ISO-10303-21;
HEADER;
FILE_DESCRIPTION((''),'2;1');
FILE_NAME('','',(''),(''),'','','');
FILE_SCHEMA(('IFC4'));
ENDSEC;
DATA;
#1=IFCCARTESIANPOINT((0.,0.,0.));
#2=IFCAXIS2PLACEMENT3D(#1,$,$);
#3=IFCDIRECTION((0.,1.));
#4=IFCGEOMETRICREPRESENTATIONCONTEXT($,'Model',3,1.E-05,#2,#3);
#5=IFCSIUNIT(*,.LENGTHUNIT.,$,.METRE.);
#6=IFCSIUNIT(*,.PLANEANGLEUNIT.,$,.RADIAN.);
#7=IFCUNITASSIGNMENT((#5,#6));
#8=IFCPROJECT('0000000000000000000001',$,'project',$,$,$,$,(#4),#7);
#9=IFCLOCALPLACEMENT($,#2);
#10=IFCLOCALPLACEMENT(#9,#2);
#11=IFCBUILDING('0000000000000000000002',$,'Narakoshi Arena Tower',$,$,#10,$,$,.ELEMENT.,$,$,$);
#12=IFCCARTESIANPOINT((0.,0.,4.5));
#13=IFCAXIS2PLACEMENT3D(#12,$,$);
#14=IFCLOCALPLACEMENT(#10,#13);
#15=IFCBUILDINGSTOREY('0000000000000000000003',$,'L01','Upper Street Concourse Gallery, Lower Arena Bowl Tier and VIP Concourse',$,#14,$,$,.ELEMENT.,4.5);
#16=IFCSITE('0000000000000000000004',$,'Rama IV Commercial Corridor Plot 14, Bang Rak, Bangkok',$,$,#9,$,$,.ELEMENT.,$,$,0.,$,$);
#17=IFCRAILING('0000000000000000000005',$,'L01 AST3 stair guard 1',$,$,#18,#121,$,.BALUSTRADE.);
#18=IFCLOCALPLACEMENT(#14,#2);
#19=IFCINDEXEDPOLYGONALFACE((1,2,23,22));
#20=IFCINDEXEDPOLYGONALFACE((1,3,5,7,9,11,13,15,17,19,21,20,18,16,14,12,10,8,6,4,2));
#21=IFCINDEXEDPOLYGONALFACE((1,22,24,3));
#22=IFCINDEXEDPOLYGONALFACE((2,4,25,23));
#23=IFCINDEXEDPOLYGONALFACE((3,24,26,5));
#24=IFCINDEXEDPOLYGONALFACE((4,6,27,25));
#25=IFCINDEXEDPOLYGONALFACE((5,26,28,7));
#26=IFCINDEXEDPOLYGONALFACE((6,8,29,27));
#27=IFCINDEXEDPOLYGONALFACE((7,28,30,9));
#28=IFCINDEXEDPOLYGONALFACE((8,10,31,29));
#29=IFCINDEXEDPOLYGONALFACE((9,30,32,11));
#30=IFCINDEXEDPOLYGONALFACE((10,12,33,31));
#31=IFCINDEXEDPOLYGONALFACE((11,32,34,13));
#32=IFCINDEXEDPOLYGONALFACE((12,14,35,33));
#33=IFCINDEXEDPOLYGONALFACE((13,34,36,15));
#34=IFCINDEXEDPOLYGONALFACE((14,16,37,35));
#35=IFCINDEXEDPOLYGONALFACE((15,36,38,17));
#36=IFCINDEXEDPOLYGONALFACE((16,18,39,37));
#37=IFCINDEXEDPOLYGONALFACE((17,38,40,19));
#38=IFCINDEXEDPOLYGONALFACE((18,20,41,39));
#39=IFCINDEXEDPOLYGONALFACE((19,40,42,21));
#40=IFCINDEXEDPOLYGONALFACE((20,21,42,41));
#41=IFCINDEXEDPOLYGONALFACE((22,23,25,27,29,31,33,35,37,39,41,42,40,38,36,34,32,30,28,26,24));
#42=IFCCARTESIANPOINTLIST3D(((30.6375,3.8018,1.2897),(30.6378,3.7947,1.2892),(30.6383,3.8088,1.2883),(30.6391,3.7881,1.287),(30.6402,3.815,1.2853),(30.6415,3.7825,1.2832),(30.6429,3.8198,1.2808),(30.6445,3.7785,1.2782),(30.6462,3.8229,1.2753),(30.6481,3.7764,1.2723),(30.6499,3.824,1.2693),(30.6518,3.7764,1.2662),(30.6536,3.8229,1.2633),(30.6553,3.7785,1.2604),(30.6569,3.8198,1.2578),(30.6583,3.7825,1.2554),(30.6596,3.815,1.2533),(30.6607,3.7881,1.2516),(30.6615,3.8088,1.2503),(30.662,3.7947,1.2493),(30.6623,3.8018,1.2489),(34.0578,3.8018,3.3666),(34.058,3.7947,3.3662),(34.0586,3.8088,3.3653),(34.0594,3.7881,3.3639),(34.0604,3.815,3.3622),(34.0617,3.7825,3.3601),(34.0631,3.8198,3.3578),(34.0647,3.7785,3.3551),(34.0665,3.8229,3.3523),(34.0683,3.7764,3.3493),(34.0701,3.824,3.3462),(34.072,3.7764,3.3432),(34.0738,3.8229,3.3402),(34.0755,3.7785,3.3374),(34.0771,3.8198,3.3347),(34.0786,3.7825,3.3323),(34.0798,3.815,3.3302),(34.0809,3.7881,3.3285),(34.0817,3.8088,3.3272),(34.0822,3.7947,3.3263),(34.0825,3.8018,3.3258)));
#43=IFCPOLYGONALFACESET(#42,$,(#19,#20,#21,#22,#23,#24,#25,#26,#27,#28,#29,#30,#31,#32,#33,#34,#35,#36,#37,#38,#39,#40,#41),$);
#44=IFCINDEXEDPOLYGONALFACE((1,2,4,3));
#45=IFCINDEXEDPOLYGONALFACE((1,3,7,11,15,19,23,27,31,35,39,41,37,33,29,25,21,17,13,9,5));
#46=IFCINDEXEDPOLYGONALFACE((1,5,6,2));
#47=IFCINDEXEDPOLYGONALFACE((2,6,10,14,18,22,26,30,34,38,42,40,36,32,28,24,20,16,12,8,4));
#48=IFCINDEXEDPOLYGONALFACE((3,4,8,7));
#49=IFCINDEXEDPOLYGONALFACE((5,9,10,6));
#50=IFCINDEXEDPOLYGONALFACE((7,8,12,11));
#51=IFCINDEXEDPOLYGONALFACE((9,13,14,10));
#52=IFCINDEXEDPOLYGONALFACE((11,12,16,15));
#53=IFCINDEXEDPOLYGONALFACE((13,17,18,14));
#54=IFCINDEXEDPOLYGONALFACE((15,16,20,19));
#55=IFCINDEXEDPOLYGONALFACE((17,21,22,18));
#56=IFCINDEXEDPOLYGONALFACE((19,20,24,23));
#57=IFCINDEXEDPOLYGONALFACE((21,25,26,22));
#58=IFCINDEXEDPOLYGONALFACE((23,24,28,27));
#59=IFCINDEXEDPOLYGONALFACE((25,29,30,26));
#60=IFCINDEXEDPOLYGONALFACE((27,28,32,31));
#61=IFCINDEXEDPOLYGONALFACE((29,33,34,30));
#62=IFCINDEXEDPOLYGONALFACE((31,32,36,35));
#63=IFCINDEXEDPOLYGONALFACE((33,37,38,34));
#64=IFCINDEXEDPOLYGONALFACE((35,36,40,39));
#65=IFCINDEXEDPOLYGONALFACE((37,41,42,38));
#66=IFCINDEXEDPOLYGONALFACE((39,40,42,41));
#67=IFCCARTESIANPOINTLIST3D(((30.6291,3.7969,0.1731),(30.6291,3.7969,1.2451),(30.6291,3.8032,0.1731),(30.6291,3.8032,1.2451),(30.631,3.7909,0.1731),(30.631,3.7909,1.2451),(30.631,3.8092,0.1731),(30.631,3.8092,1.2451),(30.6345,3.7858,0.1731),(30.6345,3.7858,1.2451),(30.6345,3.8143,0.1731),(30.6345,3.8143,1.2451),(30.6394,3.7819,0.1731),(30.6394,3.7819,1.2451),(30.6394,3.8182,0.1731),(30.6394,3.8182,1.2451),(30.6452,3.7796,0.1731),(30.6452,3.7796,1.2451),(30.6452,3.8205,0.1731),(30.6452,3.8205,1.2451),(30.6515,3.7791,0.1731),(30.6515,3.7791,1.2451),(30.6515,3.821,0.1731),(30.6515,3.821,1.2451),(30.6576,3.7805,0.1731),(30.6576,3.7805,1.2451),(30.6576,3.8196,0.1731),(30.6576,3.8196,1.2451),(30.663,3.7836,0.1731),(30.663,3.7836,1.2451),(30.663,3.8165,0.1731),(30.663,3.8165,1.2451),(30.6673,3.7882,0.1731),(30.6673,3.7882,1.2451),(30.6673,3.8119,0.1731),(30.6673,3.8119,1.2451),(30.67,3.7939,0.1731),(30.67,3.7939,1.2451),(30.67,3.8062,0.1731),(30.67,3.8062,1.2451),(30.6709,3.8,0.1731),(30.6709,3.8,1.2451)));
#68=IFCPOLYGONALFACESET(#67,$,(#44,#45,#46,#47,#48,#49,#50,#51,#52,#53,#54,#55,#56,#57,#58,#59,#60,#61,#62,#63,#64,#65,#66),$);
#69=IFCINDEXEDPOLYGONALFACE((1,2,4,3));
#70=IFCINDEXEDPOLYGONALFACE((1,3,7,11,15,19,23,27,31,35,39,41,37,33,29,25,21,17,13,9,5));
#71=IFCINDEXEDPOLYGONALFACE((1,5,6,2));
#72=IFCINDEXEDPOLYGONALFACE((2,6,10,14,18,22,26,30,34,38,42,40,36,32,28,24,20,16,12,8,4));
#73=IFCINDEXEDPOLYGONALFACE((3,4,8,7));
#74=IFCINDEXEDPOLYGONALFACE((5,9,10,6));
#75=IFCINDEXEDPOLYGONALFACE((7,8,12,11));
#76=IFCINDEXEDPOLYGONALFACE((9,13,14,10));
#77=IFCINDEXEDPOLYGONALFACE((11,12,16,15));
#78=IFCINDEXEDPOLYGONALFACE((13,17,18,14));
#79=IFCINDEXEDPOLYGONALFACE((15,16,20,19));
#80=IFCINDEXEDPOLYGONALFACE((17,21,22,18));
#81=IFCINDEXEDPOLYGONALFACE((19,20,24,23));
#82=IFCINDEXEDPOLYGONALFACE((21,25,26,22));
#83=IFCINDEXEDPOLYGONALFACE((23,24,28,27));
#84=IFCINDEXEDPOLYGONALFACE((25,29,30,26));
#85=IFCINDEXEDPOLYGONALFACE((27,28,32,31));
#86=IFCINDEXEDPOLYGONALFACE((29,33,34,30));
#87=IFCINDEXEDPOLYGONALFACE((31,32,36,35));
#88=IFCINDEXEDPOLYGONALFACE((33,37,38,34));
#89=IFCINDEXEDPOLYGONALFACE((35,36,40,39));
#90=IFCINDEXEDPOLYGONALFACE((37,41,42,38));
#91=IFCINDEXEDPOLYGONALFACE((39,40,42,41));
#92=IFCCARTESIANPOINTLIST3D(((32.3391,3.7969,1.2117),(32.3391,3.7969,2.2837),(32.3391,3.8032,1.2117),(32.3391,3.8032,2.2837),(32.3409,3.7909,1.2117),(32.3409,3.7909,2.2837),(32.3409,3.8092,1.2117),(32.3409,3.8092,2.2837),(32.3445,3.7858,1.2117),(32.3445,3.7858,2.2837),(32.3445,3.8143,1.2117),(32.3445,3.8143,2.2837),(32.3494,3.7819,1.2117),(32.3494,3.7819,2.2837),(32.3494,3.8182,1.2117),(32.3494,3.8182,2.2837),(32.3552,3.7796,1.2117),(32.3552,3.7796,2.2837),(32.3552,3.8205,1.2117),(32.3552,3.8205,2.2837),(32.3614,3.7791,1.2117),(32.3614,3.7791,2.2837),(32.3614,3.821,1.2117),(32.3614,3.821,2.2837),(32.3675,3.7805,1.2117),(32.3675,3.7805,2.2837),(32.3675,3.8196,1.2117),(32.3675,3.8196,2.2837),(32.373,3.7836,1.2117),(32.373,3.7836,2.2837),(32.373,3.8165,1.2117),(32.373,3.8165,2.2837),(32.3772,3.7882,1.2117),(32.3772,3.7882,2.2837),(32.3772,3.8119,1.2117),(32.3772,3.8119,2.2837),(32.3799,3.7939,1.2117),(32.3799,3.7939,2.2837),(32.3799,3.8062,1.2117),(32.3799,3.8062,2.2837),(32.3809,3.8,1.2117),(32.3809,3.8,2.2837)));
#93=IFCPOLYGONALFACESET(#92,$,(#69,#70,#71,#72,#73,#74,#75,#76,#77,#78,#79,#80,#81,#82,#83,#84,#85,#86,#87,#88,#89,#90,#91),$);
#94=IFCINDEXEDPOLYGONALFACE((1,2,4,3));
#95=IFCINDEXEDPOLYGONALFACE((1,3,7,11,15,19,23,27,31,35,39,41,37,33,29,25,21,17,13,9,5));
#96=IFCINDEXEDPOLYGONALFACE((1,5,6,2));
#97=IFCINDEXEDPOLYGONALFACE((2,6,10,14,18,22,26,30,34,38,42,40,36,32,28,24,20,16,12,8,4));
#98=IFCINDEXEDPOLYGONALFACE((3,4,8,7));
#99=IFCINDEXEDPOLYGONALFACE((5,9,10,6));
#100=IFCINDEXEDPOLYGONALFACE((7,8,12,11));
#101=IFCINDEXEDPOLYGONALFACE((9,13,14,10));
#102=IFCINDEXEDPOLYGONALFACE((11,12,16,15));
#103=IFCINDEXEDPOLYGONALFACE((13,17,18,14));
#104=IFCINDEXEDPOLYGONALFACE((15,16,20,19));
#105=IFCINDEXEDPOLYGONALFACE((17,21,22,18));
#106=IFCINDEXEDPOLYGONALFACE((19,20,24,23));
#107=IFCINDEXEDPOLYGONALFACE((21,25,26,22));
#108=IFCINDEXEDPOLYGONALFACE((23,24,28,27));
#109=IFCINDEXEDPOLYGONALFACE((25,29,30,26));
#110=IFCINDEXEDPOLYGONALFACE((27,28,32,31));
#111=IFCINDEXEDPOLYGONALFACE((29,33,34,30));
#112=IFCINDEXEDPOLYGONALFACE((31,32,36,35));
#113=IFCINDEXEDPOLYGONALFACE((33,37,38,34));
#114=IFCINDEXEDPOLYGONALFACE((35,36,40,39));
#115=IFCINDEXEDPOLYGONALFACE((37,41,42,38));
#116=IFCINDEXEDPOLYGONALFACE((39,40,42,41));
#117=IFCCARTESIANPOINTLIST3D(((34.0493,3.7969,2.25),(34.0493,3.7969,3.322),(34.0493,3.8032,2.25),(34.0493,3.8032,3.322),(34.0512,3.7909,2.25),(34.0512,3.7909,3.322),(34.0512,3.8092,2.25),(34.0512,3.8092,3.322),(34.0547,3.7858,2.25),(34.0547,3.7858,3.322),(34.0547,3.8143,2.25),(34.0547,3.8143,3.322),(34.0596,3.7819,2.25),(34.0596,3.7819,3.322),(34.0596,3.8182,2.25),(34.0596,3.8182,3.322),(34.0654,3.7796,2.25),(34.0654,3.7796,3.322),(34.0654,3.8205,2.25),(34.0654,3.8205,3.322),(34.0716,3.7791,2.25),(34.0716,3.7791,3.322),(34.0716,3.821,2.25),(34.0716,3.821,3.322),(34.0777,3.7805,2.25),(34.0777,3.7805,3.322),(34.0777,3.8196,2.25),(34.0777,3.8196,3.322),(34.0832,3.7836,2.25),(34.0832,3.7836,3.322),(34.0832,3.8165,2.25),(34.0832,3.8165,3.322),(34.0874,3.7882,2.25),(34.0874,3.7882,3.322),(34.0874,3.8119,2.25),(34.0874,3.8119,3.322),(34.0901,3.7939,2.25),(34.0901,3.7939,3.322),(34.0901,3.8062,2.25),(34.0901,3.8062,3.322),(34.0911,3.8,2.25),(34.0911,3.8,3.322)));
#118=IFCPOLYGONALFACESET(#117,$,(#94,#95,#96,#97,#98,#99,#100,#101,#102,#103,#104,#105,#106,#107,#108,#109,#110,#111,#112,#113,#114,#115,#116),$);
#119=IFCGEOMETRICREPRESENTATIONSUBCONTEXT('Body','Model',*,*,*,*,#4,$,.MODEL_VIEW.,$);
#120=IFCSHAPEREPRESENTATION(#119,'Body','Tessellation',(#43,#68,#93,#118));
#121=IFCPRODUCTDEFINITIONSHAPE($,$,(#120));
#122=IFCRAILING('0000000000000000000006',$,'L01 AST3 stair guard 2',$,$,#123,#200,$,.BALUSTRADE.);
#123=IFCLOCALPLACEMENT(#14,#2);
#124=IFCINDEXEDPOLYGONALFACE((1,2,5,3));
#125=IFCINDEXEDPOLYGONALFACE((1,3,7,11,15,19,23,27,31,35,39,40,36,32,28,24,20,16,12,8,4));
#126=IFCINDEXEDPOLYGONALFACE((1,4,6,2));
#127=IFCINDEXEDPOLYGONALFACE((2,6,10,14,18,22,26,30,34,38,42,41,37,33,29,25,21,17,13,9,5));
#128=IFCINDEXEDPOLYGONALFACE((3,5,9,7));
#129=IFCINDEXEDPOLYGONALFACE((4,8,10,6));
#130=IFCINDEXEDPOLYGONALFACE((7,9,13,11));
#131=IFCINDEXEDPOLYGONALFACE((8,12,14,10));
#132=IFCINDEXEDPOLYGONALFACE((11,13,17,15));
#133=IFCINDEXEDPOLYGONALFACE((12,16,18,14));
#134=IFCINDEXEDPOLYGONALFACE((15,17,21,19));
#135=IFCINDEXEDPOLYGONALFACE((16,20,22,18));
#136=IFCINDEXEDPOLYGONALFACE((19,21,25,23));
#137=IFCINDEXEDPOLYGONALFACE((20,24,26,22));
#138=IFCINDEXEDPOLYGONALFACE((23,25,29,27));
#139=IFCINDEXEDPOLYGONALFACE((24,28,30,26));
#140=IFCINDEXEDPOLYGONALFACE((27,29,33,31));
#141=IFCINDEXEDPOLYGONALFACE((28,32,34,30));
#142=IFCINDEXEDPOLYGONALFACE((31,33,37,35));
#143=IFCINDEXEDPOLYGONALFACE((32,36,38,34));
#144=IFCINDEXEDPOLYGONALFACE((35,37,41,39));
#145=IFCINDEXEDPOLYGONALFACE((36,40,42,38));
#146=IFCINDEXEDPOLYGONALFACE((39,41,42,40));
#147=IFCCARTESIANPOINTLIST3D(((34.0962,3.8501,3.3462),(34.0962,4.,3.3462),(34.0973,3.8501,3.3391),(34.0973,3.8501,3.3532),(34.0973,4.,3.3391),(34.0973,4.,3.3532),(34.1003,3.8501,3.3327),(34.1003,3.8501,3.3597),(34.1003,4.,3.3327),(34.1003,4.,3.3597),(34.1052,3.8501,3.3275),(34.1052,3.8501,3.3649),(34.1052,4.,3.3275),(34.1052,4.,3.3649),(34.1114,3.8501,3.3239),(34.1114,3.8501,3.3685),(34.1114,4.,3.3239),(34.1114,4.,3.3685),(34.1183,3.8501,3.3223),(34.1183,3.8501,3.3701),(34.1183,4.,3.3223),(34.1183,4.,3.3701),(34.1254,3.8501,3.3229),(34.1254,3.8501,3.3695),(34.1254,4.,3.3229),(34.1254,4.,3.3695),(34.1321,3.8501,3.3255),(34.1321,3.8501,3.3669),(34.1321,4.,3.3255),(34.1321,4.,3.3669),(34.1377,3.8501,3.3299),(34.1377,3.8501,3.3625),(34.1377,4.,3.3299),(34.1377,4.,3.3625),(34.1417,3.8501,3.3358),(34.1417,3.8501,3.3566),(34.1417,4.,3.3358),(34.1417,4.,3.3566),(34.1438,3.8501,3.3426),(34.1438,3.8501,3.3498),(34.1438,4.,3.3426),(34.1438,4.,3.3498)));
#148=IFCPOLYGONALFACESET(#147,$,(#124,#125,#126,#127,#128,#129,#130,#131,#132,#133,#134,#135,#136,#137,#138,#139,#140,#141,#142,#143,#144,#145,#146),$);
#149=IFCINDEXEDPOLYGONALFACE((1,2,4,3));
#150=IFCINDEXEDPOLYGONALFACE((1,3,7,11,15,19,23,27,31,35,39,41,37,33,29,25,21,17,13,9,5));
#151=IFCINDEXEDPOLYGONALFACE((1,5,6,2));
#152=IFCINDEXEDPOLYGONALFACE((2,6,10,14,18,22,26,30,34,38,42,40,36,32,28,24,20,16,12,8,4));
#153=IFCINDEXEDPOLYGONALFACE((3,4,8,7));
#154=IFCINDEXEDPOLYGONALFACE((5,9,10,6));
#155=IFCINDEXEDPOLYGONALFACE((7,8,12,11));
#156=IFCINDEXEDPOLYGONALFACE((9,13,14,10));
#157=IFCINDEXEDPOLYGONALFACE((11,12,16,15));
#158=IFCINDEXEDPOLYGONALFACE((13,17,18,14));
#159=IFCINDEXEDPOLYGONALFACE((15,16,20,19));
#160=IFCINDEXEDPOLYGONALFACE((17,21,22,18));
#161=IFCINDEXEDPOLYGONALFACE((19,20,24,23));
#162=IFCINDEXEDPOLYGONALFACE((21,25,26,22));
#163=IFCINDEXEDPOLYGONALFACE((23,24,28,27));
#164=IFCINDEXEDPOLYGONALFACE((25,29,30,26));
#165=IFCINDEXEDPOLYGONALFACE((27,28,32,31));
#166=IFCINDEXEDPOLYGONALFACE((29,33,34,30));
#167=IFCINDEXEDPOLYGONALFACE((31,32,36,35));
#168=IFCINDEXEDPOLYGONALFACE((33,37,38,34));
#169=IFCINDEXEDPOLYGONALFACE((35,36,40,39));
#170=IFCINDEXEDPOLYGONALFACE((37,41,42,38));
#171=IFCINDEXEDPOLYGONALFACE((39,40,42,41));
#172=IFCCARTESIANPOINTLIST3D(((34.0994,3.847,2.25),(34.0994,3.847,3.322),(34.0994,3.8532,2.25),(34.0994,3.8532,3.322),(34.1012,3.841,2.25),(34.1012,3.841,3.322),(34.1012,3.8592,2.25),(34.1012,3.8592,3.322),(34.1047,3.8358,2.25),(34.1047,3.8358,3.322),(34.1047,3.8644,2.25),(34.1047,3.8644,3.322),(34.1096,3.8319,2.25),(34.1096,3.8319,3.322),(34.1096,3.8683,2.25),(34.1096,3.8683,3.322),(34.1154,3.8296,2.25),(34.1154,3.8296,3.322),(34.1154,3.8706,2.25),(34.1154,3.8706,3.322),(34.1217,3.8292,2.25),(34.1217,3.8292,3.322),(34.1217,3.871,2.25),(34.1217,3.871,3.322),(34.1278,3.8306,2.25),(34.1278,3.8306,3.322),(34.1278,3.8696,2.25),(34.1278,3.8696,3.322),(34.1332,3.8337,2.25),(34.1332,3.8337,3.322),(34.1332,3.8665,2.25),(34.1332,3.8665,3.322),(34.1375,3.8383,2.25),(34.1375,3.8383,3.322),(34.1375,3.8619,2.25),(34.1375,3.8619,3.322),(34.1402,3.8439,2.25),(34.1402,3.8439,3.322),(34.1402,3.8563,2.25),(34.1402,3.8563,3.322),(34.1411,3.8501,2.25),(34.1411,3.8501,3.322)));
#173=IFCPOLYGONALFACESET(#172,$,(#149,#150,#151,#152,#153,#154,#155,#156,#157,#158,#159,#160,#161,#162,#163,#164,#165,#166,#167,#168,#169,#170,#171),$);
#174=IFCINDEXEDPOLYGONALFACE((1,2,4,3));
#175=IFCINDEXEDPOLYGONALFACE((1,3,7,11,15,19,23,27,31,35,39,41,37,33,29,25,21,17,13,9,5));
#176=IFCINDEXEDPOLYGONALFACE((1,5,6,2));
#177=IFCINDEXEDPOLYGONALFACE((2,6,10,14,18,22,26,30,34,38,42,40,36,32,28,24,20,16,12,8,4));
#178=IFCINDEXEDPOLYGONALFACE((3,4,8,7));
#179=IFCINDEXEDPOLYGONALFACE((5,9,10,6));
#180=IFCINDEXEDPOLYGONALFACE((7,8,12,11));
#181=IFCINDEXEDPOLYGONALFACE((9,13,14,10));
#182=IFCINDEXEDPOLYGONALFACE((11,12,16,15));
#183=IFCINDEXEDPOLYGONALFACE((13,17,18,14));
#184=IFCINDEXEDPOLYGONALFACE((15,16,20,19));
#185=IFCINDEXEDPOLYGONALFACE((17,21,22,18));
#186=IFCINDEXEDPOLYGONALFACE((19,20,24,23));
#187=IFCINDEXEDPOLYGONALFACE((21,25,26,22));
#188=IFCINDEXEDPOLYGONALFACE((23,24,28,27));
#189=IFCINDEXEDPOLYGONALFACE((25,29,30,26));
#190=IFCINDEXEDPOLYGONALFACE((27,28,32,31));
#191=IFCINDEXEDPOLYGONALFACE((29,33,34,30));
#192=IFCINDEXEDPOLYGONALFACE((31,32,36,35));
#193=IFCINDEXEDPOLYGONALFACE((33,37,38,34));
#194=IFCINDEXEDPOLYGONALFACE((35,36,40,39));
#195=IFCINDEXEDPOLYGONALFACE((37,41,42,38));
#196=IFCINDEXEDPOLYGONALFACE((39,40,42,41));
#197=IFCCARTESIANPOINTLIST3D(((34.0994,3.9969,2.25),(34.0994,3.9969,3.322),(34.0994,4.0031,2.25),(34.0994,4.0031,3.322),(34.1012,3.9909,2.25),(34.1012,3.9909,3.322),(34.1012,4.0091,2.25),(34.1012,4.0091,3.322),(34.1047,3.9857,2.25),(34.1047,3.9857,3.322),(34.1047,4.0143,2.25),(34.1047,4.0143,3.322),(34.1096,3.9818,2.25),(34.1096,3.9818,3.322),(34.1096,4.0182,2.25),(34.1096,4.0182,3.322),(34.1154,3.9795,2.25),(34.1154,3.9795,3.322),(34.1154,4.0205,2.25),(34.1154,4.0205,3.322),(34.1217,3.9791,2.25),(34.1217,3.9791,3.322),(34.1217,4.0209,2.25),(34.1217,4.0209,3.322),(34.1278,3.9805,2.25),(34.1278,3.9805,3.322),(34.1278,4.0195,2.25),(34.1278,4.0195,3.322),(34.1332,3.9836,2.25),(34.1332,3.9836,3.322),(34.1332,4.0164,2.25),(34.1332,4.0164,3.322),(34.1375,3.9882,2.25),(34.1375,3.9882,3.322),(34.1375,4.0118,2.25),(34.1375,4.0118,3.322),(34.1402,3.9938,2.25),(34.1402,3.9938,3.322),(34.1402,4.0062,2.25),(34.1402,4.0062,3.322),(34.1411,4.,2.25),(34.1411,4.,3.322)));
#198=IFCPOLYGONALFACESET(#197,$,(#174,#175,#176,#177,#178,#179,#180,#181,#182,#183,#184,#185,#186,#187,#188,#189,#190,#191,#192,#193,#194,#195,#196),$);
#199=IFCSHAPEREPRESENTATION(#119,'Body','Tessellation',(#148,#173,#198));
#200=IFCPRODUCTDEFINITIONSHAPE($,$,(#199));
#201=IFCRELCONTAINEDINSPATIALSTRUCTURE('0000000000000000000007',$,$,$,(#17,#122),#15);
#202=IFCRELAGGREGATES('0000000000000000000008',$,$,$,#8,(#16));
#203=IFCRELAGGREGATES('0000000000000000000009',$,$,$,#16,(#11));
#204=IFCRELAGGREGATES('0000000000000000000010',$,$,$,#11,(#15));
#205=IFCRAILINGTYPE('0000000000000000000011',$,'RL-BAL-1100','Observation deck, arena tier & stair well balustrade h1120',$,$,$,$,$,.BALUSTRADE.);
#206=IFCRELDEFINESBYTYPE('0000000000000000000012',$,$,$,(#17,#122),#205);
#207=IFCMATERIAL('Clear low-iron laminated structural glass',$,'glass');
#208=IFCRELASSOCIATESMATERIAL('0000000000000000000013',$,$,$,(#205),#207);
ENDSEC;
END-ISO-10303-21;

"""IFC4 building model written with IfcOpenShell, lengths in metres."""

from ifc_helpers import new_model, si_unit, direction, frame, origin, origin_2d, place, context, subcontext, project, spatial, circle, extrude, material, type_object, element, save


model = new_model("IFC4")

# Units and contexts
model_context = context("Model", 3, precision=1e-05, world=origin(), true_north=direction((0.0, 1.0)))
body_context = subcontext(model_context, "Body", "Model", "MODEL_VIEW")
ifc_project = project(units=[si_unit("LENGTHUNIT", "METRE"), si_unit("PLANEANGLEUNIT", "RADIAN")], contexts=[model_context])

# Site, building, storey
site_placement = place(None, origin())
site = spatial("IfcSite", under=ifc_project, at=site_placement, Name="Rama IV Commercial Corridor Plot 14, Bang Rak, Bangkok", CompositionType="ELEMENT", RefElevation=0.0)
building_placement = place(site_placement, origin())
building = spatial("IfcBuilding", under=site, at=building_placement, Name="Narakoshi Arena Tower", CompositionType="ELEMENT")
storey_placement = place(building_placement, frame((0.0, 0.0, 4.5)))
storey = spatial("IfcBuildingStorey", under=building, at=storey_placement, Name="L01", Description="Upper Street Concourse Gallery, Lower Arena Bowl Tier and VIP Concourse", CompositionType="ELEMENT", Elevation=4.5)

# Railings
ifc_material_1 = material(Name="Clear low-iron laminated structural glass", Category="glass")
railing_type_1 = type_object("IfcRailingType", Name="RL-BAL-1100", Description="Observation deck, arena tier & stair well balustrade h1120", PredefinedType="BALUSTRADE", material=ifc_material_1)
railing_1_placement = place(storey_placement, frame((30.6499, 3.8, 0.1731)))
element("IfcRailing", 1, at=railing_1_placement, inside=storey, type_object=railing_type_1, Name="L01 AST3 stair guard 1", PredefinedType="BALUSTRADE", context=body_context, shape_type="SweptSolid", body=[
    extrude(circle(Radius=0.0239, at=origin_2d()), frame((0.0, 0.0, 1.0962), z_axis=(0.854746, 0.0, 0.519047), x_axis=(0.0, 1.0, 0.0)), (0.0, 0.0, 1.0), 4.0015),
    extrude(circle(Radius=0.021, at=origin_2d()), origin(), (0.0, 0.0, 1.0), 1.072),
    extrude(circle(Radius=0.021, at=origin_2d()), frame((1.71, 0.0, 1.0386)), (0.0, 0.0, 1.0), 1.072),
    extrude(circle(Radius=0.021, at=origin_2d()), frame((3.4202, 0.0, 2.0769)), (0.0, 0.0, 1.0), 1.072),
])
railing_2_placement = place(storey_placement, frame((34.1201, 3.8501, 2.25)))
element("IfcRailing", 2, at=railing_2_placement, inside=storey, type_object=railing_type_1, Name="L01 AST3 stair guard 2", PredefinedType="BALUSTRADE", context=body_context, shape_type="SweptSolid", body=[
    extrude(circle(Radius=0.0239, at=origin_2d()), frame((0.0, 0.0, 1.0962), z_axis=(0.0, 1.0, 0.0), x_axis=(-1.0, 0.0, 0.0)), (0.0, 0.0, 1.0), 0.1499),
    extrude(circle(Radius=0.021, at=origin_2d()), origin(), (0.0, 0.0, 1.0), 1.072),
    extrude(circle(Radius=0.021, at=origin_2d()), frame((0.0, 0.1499, 0.0)), (0.0, 0.0, 1.0), 1.072),
])

save(model, "model.ifc")
